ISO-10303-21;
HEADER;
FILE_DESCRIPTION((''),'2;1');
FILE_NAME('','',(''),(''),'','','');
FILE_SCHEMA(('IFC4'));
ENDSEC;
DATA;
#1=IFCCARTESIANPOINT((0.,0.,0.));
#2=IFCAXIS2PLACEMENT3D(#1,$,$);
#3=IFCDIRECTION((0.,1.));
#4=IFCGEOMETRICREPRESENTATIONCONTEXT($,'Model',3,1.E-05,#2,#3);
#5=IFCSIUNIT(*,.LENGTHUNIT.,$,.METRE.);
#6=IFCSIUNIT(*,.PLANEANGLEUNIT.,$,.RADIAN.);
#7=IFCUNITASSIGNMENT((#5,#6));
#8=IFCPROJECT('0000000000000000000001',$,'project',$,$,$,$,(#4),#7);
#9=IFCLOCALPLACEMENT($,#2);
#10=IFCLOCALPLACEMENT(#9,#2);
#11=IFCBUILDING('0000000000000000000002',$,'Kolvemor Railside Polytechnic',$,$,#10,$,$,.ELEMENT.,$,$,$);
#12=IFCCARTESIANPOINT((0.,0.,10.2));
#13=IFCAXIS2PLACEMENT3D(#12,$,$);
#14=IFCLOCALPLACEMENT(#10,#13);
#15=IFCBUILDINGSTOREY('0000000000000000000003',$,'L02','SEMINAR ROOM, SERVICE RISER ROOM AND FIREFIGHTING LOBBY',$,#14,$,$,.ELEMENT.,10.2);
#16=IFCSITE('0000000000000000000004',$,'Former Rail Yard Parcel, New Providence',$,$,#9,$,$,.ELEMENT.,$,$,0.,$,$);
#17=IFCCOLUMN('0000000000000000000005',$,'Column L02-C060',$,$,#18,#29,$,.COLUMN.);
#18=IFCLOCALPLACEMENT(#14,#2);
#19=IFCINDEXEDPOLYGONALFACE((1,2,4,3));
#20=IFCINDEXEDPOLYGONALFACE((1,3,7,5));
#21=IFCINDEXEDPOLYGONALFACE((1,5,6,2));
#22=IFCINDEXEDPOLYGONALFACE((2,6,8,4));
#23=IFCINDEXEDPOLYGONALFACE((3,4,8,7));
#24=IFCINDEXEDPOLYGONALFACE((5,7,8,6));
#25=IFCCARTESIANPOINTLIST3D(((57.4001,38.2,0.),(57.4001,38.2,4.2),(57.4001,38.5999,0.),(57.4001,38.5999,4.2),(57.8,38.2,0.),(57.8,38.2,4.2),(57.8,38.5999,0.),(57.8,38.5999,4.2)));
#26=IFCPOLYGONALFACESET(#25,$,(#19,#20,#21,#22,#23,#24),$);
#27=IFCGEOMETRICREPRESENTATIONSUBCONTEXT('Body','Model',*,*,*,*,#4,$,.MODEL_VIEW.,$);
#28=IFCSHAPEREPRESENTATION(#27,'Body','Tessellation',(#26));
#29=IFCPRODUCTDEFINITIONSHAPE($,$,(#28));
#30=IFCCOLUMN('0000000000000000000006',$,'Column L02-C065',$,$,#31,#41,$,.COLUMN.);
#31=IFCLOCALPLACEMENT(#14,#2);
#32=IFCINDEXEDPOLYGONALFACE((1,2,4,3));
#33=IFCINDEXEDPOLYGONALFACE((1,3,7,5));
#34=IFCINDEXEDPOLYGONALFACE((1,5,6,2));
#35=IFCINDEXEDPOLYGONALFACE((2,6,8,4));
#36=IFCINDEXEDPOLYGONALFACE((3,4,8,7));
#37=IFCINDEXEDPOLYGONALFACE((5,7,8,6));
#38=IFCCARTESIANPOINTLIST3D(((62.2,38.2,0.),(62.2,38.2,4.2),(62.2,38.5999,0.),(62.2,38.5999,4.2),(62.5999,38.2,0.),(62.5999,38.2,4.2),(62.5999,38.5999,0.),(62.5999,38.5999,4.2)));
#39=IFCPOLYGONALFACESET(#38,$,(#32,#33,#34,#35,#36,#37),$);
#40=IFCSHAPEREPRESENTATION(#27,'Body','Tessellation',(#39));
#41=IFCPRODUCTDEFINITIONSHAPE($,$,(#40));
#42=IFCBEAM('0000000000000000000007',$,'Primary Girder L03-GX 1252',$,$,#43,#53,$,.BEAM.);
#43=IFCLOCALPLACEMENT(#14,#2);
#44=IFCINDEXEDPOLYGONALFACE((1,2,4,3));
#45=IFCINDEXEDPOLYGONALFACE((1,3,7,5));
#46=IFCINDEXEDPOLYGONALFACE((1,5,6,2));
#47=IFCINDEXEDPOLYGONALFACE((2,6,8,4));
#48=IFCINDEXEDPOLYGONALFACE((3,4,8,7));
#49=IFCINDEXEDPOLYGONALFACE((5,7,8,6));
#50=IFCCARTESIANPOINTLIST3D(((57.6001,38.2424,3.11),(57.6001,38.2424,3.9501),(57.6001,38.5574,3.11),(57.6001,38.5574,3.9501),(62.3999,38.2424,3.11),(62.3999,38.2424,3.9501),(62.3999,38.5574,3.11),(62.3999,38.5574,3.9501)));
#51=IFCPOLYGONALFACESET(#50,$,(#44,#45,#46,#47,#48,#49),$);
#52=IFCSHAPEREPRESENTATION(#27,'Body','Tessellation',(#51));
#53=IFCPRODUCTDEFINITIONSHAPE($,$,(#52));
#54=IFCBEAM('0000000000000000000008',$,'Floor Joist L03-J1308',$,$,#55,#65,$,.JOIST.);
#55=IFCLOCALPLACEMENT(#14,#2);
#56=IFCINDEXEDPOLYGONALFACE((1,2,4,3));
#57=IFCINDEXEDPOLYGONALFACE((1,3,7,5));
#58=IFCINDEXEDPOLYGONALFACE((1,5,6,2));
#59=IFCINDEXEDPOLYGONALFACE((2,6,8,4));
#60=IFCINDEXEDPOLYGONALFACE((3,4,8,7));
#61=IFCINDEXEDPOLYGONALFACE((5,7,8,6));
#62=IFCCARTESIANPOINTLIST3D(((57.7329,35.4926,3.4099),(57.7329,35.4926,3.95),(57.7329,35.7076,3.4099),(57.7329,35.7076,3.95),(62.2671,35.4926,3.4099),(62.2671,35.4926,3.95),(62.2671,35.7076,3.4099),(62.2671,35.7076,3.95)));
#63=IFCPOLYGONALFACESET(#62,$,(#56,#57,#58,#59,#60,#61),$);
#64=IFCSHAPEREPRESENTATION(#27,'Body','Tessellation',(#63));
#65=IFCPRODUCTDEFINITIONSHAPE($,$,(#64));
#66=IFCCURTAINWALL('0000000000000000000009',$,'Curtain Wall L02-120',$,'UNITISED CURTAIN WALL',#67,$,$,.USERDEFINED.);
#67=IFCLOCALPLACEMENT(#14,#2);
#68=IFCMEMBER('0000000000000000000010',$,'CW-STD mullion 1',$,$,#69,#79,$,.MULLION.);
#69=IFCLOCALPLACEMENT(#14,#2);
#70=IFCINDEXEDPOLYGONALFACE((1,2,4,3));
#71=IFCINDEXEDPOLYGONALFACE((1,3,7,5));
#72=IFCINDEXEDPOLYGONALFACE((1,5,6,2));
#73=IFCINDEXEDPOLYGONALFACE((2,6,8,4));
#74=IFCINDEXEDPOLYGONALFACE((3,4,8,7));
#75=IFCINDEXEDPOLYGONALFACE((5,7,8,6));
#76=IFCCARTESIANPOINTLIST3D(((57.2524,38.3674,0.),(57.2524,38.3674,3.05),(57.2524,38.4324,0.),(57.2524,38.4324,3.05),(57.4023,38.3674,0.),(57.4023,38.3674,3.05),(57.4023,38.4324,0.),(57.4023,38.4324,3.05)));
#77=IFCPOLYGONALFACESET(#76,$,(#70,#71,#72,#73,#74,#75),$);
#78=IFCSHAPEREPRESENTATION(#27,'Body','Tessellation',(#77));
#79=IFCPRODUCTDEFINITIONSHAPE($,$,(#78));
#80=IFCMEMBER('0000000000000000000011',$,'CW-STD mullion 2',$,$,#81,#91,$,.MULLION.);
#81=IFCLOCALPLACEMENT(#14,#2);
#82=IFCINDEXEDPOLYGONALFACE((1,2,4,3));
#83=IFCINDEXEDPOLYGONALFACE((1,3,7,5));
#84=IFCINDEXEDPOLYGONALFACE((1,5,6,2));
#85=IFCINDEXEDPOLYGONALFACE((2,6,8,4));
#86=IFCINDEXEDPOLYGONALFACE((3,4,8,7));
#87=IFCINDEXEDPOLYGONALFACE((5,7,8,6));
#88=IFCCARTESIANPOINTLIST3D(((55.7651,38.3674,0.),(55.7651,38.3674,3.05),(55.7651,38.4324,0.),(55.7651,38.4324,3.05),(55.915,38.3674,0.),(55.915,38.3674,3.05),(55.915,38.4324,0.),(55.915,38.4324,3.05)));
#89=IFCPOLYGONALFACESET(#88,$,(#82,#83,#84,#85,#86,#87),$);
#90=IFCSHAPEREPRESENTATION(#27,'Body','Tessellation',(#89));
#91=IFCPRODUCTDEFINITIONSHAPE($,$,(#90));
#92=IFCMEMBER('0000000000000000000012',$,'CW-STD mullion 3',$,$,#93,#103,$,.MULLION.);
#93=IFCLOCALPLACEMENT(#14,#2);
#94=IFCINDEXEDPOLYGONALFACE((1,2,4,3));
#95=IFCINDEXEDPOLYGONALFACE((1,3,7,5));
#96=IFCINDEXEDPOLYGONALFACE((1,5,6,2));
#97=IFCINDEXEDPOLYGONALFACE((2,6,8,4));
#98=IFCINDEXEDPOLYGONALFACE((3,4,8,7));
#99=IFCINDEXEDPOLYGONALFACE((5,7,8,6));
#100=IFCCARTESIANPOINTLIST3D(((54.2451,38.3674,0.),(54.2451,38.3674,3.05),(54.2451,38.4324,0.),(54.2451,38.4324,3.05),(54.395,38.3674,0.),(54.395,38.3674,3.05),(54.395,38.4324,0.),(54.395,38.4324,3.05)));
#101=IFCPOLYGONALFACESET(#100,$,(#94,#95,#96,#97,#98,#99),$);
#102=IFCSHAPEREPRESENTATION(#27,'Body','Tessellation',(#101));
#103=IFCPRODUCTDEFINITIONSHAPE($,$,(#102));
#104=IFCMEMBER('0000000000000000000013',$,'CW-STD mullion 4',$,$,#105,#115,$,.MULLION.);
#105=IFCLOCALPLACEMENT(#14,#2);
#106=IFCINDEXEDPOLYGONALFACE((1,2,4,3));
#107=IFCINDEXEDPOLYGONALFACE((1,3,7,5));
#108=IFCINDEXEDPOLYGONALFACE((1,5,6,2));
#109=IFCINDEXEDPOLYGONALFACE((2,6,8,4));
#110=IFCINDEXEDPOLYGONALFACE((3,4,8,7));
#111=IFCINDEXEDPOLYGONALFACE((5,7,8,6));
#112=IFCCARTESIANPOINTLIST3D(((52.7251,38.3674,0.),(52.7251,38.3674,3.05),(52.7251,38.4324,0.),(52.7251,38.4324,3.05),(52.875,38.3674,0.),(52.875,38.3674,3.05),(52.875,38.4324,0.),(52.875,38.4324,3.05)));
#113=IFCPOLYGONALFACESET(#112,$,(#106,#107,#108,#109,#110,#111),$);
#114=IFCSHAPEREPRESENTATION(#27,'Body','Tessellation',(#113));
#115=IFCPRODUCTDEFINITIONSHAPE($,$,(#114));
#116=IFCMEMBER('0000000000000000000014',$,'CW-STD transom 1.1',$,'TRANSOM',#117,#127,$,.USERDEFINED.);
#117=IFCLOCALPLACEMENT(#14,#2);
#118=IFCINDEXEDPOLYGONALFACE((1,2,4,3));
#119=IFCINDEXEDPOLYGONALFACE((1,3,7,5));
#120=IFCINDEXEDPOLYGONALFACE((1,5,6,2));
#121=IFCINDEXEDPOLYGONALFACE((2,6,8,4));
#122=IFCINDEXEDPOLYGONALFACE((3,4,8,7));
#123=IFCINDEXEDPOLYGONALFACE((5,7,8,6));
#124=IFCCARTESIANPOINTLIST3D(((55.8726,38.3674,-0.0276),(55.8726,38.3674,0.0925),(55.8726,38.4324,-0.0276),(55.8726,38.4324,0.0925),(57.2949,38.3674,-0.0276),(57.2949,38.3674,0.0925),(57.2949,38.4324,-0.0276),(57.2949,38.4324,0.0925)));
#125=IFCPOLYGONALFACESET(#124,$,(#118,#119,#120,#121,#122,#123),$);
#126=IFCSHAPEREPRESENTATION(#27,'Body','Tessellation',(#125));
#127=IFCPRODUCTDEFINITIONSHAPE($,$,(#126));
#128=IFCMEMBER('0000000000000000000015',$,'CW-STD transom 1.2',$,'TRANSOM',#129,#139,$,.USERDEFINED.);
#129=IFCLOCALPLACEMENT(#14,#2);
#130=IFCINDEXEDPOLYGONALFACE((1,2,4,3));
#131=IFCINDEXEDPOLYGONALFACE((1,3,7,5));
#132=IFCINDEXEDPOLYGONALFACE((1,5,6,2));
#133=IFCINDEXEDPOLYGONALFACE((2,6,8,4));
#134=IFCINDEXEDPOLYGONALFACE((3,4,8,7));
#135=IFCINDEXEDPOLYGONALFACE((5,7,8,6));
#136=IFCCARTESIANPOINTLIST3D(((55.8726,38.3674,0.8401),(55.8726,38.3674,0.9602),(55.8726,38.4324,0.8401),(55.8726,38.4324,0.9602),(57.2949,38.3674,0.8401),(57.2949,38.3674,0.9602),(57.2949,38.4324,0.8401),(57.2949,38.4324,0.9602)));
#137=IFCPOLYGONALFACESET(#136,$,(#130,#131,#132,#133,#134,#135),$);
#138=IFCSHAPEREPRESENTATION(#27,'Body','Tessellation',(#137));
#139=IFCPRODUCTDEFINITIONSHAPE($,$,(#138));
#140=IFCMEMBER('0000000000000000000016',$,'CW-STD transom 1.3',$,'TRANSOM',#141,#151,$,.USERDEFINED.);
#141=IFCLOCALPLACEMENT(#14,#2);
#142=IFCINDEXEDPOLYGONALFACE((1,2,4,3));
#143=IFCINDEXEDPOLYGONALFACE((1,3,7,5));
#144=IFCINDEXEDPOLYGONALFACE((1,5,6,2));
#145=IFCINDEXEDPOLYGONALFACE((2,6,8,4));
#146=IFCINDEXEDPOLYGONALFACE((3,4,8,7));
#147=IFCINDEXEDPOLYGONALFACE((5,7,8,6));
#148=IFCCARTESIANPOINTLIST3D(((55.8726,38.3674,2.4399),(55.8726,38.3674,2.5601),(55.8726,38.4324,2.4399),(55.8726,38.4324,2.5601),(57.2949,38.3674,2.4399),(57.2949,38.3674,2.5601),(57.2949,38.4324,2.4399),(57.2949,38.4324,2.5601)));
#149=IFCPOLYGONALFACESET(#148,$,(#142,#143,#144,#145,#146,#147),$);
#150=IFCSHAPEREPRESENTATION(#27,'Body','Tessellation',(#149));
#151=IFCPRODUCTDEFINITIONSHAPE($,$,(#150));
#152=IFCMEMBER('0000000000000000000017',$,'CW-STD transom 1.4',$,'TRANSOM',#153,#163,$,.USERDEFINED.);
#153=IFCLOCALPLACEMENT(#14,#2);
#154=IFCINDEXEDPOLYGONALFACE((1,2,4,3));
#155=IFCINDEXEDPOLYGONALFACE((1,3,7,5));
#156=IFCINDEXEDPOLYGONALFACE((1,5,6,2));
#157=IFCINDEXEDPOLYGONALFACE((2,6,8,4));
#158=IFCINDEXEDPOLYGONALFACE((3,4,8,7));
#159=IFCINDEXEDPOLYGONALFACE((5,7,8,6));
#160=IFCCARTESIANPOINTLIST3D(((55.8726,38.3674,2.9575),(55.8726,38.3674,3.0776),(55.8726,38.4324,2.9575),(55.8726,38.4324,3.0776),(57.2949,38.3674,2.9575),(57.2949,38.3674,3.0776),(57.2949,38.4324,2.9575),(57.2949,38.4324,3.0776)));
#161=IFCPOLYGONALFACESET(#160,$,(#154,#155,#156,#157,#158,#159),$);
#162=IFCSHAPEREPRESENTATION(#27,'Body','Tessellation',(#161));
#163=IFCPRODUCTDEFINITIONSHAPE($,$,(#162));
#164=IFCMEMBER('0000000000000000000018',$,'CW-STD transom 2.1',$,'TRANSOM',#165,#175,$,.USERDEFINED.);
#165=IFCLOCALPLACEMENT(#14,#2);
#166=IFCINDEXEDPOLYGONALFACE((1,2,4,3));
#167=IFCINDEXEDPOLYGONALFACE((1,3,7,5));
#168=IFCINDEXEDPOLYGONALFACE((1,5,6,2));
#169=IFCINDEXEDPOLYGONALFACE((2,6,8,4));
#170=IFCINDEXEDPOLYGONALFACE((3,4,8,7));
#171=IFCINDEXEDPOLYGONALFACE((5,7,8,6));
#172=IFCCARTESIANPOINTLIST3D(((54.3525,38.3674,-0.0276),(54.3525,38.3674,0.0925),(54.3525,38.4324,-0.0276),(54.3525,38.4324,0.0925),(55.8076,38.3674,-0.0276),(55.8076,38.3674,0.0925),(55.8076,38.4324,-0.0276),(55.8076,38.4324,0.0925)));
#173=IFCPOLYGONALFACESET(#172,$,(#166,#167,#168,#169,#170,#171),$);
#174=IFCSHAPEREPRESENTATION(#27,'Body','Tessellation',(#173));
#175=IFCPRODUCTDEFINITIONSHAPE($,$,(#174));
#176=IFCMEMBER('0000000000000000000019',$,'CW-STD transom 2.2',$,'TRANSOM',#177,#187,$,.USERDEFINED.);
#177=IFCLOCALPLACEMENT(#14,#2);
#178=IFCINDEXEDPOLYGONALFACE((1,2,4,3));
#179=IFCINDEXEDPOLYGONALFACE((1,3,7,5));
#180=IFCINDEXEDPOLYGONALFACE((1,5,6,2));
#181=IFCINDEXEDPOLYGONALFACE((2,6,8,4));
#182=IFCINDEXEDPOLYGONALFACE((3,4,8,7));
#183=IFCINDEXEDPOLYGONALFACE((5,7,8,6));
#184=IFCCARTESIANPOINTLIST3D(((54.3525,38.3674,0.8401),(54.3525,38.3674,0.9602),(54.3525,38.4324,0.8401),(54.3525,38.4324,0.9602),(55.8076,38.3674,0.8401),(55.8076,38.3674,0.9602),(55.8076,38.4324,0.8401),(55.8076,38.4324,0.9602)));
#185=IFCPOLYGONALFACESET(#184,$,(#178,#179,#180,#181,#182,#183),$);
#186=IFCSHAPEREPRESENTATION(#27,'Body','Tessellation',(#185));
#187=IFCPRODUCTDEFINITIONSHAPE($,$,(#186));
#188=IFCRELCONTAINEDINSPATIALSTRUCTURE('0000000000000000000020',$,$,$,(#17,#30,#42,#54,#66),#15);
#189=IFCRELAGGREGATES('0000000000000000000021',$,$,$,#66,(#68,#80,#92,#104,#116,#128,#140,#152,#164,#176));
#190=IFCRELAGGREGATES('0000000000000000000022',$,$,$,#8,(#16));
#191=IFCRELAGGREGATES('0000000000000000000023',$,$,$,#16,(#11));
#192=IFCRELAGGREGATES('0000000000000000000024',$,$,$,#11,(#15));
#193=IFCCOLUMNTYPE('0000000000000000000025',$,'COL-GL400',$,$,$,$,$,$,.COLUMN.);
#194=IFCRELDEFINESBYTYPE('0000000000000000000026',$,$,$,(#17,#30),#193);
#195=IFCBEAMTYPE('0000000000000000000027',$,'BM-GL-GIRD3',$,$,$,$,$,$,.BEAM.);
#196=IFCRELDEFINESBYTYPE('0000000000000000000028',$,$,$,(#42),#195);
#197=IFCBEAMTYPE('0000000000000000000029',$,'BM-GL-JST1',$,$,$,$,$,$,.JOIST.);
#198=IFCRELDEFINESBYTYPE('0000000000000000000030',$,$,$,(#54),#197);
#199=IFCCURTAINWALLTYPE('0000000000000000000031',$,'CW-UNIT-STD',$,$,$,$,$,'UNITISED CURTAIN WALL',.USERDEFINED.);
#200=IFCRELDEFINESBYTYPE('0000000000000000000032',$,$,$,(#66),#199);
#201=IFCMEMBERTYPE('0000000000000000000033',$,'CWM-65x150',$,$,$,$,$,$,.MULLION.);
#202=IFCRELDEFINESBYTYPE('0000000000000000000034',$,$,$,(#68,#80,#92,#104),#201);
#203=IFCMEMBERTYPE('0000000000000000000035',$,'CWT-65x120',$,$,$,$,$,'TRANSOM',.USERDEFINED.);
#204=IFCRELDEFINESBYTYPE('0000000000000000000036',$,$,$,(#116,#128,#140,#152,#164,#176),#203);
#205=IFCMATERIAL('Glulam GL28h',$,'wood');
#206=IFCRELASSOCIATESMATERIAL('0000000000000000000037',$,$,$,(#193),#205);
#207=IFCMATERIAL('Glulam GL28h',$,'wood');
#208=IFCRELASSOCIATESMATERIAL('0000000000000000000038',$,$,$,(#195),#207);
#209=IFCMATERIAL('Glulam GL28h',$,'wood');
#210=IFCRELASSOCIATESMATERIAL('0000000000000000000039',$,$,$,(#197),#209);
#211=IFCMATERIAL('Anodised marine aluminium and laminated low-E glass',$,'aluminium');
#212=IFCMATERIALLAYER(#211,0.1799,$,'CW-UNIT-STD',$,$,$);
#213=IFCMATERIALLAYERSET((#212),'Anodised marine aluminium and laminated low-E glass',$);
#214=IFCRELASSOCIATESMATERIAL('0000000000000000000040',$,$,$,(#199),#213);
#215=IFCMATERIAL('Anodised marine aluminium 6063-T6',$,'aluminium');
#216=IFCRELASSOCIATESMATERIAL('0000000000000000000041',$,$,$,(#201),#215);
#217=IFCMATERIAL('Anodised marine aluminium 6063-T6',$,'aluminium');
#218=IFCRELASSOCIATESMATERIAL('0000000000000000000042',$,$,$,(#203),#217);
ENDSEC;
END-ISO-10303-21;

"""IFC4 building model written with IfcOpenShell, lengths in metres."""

from ifc_helpers import new_model, si_unit, direction, frame, origin, origin_2d, place, context, subcontext, project, spatial, rectangle, extrude, material, layer, layer_set, material_profile, profile_set, type_object, element, aggregate, save


model = new_model("IFC4")

# Units and contexts
model_context = context("Model", 3, precision=1e-05, world=origin(), true_north=direction((0.0, 1.0)))
body_context = subcontext(model_context, "Body", "Model", "MODEL_VIEW")
ifc_project = project(units=[si_unit("LENGTHUNIT", "METRE"), si_unit("PLANEANGLEUNIT", "RADIAN")], contexts=[model_context])

# Site, building, storey
site_placement = place(None, origin())
site = spatial("IfcSite", under=ifc_project, at=site_placement, Name="Former Rail Yard Parcel, New Providence", CompositionType="ELEMENT", RefElevation=0.0)
building_placement = place(site_placement, origin())
building = spatial("IfcBuilding", under=site, at=building_placement, Name="Kolvemor Railside Polytechnic", CompositionType="ELEMENT")
storey_placement = place(building_placement, frame((0.0, 0.0, 10.2)))
storey = spatial("IfcBuildingStorey", under=building, at=storey_placement, Name="L02", Description="SEMINAR ROOM, SERVICE RISER ROOM AND FIREFIGHTING LOBBY", CompositionType="ELEMENT", Elevation=10.2)

# Columns
ifc_material_1 = material(Name="Glulam GL28h", Category="wood")
ifc_material_profile_1 = material_profile(ifc_material_1, rectangle(XDim=0.3999, YDim=0.3999, at=origin_2d()), Name="GL400x400")
ifc_profile_set_1 = profile_set([ifc_material_profile_1], Name="Glulam GL28h")
column_type = type_object("IfcColumnType", Name="COL-GL400", PredefinedType="COLUMN", material=ifc_profile_set_1)
for number, where, z_axis, x_axis, name in (
    (1, (57.6001, 38.3999, 0.0), (0.0, 0.0, 1.0), (1.0, 0.0, 0.0), "Column L02-C060"),
    (2, (62.3999, 38.3999, 0.0), (0.0, 0.0, 1.0), (1.0, 0.0, 0.0), "Column L02-C065"),
):
    element("IfcColumn", number, at=place(storey_placement, frame(where, z_axis=z_axis, x_axis=x_axis)), inside=storey, type_object=column_type, Name=name, PredefinedType="COLUMN", context=body_context, shape_type="SweptSolid", body=[
        extrude(rectangle(XDim=0.3999, YDim=0.3999, at=origin_2d()), origin(), (0.0, 0.0, 1.0), 4.2),
    ])

# Beams
ifc_material_2 = material(Name="Glulam GL28h", Category="wood")
ifc_material_profile_2 = material_profile(ifc_material_2, rectangle(XDim=0.3149, YDim=0.8401, at=origin_2d()), Name="GL315x840")
ifc_profile_set_2 = profile_set([ifc_material_profile_2], Name="Glulam GL28h")
beam_type_1 = type_object("IfcBeamType", Name="BM-GL-GIRD3", PredefinedType="BEAM", material=ifc_profile_set_2)
beam_1_placement = place(storey_placement, frame((57.6001, 38.3999, 3.53), z_axis=(1.0, 0.0, 0.0), x_axis=(0.0, 1.0, 0.0)))
element("IfcBeam", 3, at=beam_1_placement, inside=storey, type_object=beam_type_1, Name="Primary Girder L03-GX 1252", PredefinedType="BEAM", context=body_context, shape_type="SweptSolid", body=[
    extrude(rectangle(XDim=0.3149, YDim=0.8401, at=origin_2d()), origin(), (0.0, 0.0, 1.0), 4.7998),
])
ifc_material_3 = material(Name="Glulam GL28h", Category="wood")
ifc_material_profile_3 = material_profile(ifc_material_3, rectangle(XDim=0.2151, YDim=0.54, at=origin_2d()), Name="GL215x540")
ifc_profile_set_3 = profile_set([ifc_material_profile_3], Name="Glulam GL28h")
beam_type_2 = type_object("IfcBeamType", Name="BM-GL-JST1", PredefinedType="JOIST", material=ifc_profile_set_3)
beam_2_placement = place(storey_placement, frame((57.7329, 35.6001, 3.6799), z_axis=(1.0, 0.0, 0.0), x_axis=(0.0, 1.0, 0.0)))
element("IfcBeam", 4, at=beam_2_placement, inside=storey, type_object=beam_type_2, Name="Floor Joist L03-J1308", PredefinedType="JOIST", context=body_context, shape_type="SweptSolid", body=[
    extrude(rectangle(XDim=0.2151, YDim=0.54, at=origin_2d()), origin(), (0.0, 0.0, 1.0), 4.5342),
])

# Curtain wall, members
ifc_material_4 = material(Name="Anodised marine aluminium and laminated low-E glass", Category="aluminium")
ifc_layer_1 = layer(ifc_material_4, 0.1799, Name="CW-UNIT-STD")
ifc_layer_set_1 = layer_set([ifc_layer_1], Name="Anodised marine aluminium and laminated low-E glass")
curtain_wall_type = type_object("IfcCurtainWallType", Name="CW-UNIT-STD", ElementType="UNITISED CURTAIN WALL", PredefinedType="USERDEFINED", material=ifc_layer_set_1)
curtain_wall_placement = place(storey_placement, origin())
curtain_wall = element("IfcCurtainWall", 5, at=curtain_wall_placement, inside=storey, type_object=curtain_wall_type, Name="Curtain Wall L02-120", ObjectType="UNITISED CURTAIN WALL", PredefinedType="USERDEFINED")
ifc_material_5 = material(Name="Anodised marine aluminium 6063-T6", Category="aluminium")
ifc_material_profile_4 = material_profile(ifc_material_5, rectangle(XDim=0.0649, YDim=0.1499, at=origin_2d()), Name="CW-MUL-65x150")
ifc_profile_set_4 = profile_set([ifc_material_profile_4], Name="Anodised marine aluminium 6063-T6")
member_type_1 = type_object("IfcMemberType", Name="CWM-65x150", PredefinedType="MULLION", material=ifc_profile_set_4)
member_1_placement = place(storey_placement, frame((57.3274, 38.3999, 0.0), z_axis=(0.0, 0.0, 1.0), x_axis=(0.0, -1.0, 0.0)))
member_1 = element("IfcMember", 6, at=member_1_placement, type_object=member_type_1, Name="CW-STD mullion 1", PredefinedType="MULLION", context=body_context, shape_type="SweptSolid", body=[
    extrude(rectangle(XDim=0.0649, YDim=0.1499, at=origin_2d()), origin(), (0.0, 0.0, 1.0), 3.05),
])
member_2_placement = place(storey_placement, frame((55.8401, 38.3999, 0.0), z_axis=(0.0, 0.0, 1.0), x_axis=(0.0, -1.0, 0.0)))
member_2 = element("IfcMember", 7, at=member_2_placement, type_object=member_type_1, Name="CW-STD mullion 2", PredefinedType="MULLION", context=body_context, shape_type="SweptSolid", body=[
    extrude(rectangle(XDim=0.0649, YDim=0.1499, at=origin_2d()), origin(), (0.0, 0.0, 1.0), 3.05),
])
member_3_placement = place(storey_placement, frame((54.3201, 38.3999, 0.0), z_axis=(0.0, 0.0, 1.0), x_axis=(0.0, -1.0, 0.0)))
member_3 = element("IfcMember", 8, at=member_3_placement, type_object=member_type_1, Name="CW-STD mullion 3", PredefinedType="MULLION", context=body_context, shape_type="SweptSolid", body=[
    extrude(rectangle(XDim=0.0649, YDim=0.1499, at=origin_2d()), origin(), (0.0, 0.0, 1.0), 3.05),
])
member_4_placement = place(storey_placement, frame((52.8, 38.3999, 0.0), z_axis=(0.0, 0.0, 1.0), x_axis=(0.0, -1.0, 0.0)))
member_4 = element("IfcMember", 9, at=member_4_placement, type_object=member_type_1, Name="CW-STD mullion 4", PredefinedType="MULLION", context=body_context, shape_type="SweptSolid", body=[
    extrude(rectangle(XDim=0.0649, YDim=0.1499, at=origin_2d()), origin(), (0.0, 0.0, 1.0), 3.05),
])
ifc_material_6 = material(Name="Anodised marine aluminium 6063-T6", Category="aluminium")
ifc_material_profile_5 = material_profile(ifc_material_6, rectangle(XDim=0.0649, YDim=0.1201, at=origin_2d()), Name="CW-TRN-65x120")
ifc_profile_set_5 = profile_set([ifc_material_profile_5], Name="Anodised marine aluminium 6063-T6")
member_type_2 = type_object("IfcMemberType", Name="CWT-65x120", ElementType="TRANSOM", PredefinedType="USERDEFINED", material=ifc_profile_set_5)
member_5_placement = place(storey_placement, frame((57.2949, 38.3999, 0.0325), z_axis=(-1.0, 0.0, 0.0), x_axis=(0.0, -1.0, 0.0)))
member_5 = element("IfcMember", 10, at=member_5_placement, type_object=member_type_2, Name="CW-STD transom 1.1", ObjectType="TRANSOM", PredefinedType="USERDEFINED", context=body_context, shape_type="SweptSolid", body=[
    extrude(rectangle(XDim=0.0649, YDim=0.1201, at=origin_2d()), origin(), (0.0, 0.0, 1.0), 1.4224),
])
member_6_placement = place(storey_placement, frame((57.2949, 38.3999, 0.9001), z_axis=(-1.0, 0.0, 0.0), x_axis=(0.0, -1.0, 0.0)))
member_6 = element("IfcMember", 11, at=member_6_placement, type_object=member_type_2, Name="CW-STD transom 1.2", ObjectType="TRANSOM", PredefinedType="USERDEFINED", context=body_context, shape_type="SweptSolid", body=[
    extrude(rectangle(XDim=0.0649, YDim=0.1201, at=origin_2d()), origin(), (0.0, 0.0, 1.0), 1.4224),
])
member_7_placement = place(storey_placement, frame((57.2949, 38.3999, 2.5), z_axis=(-1.0, 0.0, 0.0), x_axis=(0.0, -1.0, 0.0)))
member_7 = element("IfcMember", 12, at=member_7_placement, type_object=member_type_2, Name="CW-STD transom 1.3", ObjectType="TRANSOM", PredefinedType="USERDEFINED", context=body_context, shape_type="SweptSolid", body=[
    extrude(rectangle(XDim=0.0649, YDim=0.1201, at=origin_2d()), origin(), (0.0, 0.0, 1.0), 1.4224),
])
member_8_placement = place(storey_placement, frame((57.2949, 38.3999, 3.0176), z_axis=(-1.0, 0.0, 0.0), x_axis=(0.0, -1.0, 0.0)))
member_8 = element("IfcMember", 13, at=member_8_placement, type_object=member_type_2, Name="CW-STD transom 1.4", ObjectType="TRANSOM", PredefinedType="USERDEFINED", context=body_context, shape_type="SweptSolid", body=[
    extrude(rectangle(XDim=0.0649, YDim=0.1201, at=origin_2d()), origin(), (0.0, 0.0, 1.0), 1.4224),
])
member_9_placement = place(storey_placement, frame((55.8076, 38.3999, 0.0325), z_axis=(-1.0, 0.0, 0.0), x_axis=(0.0, -1.0, 0.0)))
member_9 = element("IfcMember", 14, at=member_9_placement, type_object=member_type_2, Name="CW-STD transom 2.1", ObjectType="TRANSOM", PredefinedType="USERDEFINED", context=body_context, shape_type="SweptSolid", body=[
    extrude(rectangle(XDim=0.0649, YDim=0.1201, at=origin_2d()), origin(), (0.0, 0.0, 1.0), 1.4551),
])
member_10_placement = place(storey_placement, frame((55.8076, 38.3999, 0.9001), z_axis=(-1.0, 0.0, 0.0), x_axis=(0.0, -1.0, 0.0)))
member_10 = element("IfcMember", 15, at=member_10_placement, type_object=member_type_2, Name="CW-STD transom 2.2", ObjectType="TRANSOM", PredefinedType="USERDEFINED", context=body_context, shape_type="SweptSolid", body=[
    extrude(rectangle(XDim=0.0649, YDim=0.1201, at=origin_2d()), origin(), (0.0, 0.0, 1.0), 1.4551),
])
aggregate(curtain_wall, [member_1, member_2, member_3, member_4, member_5, member_6, member_7, member_8, member_9, member_10])

save(model, "model.ifc")
